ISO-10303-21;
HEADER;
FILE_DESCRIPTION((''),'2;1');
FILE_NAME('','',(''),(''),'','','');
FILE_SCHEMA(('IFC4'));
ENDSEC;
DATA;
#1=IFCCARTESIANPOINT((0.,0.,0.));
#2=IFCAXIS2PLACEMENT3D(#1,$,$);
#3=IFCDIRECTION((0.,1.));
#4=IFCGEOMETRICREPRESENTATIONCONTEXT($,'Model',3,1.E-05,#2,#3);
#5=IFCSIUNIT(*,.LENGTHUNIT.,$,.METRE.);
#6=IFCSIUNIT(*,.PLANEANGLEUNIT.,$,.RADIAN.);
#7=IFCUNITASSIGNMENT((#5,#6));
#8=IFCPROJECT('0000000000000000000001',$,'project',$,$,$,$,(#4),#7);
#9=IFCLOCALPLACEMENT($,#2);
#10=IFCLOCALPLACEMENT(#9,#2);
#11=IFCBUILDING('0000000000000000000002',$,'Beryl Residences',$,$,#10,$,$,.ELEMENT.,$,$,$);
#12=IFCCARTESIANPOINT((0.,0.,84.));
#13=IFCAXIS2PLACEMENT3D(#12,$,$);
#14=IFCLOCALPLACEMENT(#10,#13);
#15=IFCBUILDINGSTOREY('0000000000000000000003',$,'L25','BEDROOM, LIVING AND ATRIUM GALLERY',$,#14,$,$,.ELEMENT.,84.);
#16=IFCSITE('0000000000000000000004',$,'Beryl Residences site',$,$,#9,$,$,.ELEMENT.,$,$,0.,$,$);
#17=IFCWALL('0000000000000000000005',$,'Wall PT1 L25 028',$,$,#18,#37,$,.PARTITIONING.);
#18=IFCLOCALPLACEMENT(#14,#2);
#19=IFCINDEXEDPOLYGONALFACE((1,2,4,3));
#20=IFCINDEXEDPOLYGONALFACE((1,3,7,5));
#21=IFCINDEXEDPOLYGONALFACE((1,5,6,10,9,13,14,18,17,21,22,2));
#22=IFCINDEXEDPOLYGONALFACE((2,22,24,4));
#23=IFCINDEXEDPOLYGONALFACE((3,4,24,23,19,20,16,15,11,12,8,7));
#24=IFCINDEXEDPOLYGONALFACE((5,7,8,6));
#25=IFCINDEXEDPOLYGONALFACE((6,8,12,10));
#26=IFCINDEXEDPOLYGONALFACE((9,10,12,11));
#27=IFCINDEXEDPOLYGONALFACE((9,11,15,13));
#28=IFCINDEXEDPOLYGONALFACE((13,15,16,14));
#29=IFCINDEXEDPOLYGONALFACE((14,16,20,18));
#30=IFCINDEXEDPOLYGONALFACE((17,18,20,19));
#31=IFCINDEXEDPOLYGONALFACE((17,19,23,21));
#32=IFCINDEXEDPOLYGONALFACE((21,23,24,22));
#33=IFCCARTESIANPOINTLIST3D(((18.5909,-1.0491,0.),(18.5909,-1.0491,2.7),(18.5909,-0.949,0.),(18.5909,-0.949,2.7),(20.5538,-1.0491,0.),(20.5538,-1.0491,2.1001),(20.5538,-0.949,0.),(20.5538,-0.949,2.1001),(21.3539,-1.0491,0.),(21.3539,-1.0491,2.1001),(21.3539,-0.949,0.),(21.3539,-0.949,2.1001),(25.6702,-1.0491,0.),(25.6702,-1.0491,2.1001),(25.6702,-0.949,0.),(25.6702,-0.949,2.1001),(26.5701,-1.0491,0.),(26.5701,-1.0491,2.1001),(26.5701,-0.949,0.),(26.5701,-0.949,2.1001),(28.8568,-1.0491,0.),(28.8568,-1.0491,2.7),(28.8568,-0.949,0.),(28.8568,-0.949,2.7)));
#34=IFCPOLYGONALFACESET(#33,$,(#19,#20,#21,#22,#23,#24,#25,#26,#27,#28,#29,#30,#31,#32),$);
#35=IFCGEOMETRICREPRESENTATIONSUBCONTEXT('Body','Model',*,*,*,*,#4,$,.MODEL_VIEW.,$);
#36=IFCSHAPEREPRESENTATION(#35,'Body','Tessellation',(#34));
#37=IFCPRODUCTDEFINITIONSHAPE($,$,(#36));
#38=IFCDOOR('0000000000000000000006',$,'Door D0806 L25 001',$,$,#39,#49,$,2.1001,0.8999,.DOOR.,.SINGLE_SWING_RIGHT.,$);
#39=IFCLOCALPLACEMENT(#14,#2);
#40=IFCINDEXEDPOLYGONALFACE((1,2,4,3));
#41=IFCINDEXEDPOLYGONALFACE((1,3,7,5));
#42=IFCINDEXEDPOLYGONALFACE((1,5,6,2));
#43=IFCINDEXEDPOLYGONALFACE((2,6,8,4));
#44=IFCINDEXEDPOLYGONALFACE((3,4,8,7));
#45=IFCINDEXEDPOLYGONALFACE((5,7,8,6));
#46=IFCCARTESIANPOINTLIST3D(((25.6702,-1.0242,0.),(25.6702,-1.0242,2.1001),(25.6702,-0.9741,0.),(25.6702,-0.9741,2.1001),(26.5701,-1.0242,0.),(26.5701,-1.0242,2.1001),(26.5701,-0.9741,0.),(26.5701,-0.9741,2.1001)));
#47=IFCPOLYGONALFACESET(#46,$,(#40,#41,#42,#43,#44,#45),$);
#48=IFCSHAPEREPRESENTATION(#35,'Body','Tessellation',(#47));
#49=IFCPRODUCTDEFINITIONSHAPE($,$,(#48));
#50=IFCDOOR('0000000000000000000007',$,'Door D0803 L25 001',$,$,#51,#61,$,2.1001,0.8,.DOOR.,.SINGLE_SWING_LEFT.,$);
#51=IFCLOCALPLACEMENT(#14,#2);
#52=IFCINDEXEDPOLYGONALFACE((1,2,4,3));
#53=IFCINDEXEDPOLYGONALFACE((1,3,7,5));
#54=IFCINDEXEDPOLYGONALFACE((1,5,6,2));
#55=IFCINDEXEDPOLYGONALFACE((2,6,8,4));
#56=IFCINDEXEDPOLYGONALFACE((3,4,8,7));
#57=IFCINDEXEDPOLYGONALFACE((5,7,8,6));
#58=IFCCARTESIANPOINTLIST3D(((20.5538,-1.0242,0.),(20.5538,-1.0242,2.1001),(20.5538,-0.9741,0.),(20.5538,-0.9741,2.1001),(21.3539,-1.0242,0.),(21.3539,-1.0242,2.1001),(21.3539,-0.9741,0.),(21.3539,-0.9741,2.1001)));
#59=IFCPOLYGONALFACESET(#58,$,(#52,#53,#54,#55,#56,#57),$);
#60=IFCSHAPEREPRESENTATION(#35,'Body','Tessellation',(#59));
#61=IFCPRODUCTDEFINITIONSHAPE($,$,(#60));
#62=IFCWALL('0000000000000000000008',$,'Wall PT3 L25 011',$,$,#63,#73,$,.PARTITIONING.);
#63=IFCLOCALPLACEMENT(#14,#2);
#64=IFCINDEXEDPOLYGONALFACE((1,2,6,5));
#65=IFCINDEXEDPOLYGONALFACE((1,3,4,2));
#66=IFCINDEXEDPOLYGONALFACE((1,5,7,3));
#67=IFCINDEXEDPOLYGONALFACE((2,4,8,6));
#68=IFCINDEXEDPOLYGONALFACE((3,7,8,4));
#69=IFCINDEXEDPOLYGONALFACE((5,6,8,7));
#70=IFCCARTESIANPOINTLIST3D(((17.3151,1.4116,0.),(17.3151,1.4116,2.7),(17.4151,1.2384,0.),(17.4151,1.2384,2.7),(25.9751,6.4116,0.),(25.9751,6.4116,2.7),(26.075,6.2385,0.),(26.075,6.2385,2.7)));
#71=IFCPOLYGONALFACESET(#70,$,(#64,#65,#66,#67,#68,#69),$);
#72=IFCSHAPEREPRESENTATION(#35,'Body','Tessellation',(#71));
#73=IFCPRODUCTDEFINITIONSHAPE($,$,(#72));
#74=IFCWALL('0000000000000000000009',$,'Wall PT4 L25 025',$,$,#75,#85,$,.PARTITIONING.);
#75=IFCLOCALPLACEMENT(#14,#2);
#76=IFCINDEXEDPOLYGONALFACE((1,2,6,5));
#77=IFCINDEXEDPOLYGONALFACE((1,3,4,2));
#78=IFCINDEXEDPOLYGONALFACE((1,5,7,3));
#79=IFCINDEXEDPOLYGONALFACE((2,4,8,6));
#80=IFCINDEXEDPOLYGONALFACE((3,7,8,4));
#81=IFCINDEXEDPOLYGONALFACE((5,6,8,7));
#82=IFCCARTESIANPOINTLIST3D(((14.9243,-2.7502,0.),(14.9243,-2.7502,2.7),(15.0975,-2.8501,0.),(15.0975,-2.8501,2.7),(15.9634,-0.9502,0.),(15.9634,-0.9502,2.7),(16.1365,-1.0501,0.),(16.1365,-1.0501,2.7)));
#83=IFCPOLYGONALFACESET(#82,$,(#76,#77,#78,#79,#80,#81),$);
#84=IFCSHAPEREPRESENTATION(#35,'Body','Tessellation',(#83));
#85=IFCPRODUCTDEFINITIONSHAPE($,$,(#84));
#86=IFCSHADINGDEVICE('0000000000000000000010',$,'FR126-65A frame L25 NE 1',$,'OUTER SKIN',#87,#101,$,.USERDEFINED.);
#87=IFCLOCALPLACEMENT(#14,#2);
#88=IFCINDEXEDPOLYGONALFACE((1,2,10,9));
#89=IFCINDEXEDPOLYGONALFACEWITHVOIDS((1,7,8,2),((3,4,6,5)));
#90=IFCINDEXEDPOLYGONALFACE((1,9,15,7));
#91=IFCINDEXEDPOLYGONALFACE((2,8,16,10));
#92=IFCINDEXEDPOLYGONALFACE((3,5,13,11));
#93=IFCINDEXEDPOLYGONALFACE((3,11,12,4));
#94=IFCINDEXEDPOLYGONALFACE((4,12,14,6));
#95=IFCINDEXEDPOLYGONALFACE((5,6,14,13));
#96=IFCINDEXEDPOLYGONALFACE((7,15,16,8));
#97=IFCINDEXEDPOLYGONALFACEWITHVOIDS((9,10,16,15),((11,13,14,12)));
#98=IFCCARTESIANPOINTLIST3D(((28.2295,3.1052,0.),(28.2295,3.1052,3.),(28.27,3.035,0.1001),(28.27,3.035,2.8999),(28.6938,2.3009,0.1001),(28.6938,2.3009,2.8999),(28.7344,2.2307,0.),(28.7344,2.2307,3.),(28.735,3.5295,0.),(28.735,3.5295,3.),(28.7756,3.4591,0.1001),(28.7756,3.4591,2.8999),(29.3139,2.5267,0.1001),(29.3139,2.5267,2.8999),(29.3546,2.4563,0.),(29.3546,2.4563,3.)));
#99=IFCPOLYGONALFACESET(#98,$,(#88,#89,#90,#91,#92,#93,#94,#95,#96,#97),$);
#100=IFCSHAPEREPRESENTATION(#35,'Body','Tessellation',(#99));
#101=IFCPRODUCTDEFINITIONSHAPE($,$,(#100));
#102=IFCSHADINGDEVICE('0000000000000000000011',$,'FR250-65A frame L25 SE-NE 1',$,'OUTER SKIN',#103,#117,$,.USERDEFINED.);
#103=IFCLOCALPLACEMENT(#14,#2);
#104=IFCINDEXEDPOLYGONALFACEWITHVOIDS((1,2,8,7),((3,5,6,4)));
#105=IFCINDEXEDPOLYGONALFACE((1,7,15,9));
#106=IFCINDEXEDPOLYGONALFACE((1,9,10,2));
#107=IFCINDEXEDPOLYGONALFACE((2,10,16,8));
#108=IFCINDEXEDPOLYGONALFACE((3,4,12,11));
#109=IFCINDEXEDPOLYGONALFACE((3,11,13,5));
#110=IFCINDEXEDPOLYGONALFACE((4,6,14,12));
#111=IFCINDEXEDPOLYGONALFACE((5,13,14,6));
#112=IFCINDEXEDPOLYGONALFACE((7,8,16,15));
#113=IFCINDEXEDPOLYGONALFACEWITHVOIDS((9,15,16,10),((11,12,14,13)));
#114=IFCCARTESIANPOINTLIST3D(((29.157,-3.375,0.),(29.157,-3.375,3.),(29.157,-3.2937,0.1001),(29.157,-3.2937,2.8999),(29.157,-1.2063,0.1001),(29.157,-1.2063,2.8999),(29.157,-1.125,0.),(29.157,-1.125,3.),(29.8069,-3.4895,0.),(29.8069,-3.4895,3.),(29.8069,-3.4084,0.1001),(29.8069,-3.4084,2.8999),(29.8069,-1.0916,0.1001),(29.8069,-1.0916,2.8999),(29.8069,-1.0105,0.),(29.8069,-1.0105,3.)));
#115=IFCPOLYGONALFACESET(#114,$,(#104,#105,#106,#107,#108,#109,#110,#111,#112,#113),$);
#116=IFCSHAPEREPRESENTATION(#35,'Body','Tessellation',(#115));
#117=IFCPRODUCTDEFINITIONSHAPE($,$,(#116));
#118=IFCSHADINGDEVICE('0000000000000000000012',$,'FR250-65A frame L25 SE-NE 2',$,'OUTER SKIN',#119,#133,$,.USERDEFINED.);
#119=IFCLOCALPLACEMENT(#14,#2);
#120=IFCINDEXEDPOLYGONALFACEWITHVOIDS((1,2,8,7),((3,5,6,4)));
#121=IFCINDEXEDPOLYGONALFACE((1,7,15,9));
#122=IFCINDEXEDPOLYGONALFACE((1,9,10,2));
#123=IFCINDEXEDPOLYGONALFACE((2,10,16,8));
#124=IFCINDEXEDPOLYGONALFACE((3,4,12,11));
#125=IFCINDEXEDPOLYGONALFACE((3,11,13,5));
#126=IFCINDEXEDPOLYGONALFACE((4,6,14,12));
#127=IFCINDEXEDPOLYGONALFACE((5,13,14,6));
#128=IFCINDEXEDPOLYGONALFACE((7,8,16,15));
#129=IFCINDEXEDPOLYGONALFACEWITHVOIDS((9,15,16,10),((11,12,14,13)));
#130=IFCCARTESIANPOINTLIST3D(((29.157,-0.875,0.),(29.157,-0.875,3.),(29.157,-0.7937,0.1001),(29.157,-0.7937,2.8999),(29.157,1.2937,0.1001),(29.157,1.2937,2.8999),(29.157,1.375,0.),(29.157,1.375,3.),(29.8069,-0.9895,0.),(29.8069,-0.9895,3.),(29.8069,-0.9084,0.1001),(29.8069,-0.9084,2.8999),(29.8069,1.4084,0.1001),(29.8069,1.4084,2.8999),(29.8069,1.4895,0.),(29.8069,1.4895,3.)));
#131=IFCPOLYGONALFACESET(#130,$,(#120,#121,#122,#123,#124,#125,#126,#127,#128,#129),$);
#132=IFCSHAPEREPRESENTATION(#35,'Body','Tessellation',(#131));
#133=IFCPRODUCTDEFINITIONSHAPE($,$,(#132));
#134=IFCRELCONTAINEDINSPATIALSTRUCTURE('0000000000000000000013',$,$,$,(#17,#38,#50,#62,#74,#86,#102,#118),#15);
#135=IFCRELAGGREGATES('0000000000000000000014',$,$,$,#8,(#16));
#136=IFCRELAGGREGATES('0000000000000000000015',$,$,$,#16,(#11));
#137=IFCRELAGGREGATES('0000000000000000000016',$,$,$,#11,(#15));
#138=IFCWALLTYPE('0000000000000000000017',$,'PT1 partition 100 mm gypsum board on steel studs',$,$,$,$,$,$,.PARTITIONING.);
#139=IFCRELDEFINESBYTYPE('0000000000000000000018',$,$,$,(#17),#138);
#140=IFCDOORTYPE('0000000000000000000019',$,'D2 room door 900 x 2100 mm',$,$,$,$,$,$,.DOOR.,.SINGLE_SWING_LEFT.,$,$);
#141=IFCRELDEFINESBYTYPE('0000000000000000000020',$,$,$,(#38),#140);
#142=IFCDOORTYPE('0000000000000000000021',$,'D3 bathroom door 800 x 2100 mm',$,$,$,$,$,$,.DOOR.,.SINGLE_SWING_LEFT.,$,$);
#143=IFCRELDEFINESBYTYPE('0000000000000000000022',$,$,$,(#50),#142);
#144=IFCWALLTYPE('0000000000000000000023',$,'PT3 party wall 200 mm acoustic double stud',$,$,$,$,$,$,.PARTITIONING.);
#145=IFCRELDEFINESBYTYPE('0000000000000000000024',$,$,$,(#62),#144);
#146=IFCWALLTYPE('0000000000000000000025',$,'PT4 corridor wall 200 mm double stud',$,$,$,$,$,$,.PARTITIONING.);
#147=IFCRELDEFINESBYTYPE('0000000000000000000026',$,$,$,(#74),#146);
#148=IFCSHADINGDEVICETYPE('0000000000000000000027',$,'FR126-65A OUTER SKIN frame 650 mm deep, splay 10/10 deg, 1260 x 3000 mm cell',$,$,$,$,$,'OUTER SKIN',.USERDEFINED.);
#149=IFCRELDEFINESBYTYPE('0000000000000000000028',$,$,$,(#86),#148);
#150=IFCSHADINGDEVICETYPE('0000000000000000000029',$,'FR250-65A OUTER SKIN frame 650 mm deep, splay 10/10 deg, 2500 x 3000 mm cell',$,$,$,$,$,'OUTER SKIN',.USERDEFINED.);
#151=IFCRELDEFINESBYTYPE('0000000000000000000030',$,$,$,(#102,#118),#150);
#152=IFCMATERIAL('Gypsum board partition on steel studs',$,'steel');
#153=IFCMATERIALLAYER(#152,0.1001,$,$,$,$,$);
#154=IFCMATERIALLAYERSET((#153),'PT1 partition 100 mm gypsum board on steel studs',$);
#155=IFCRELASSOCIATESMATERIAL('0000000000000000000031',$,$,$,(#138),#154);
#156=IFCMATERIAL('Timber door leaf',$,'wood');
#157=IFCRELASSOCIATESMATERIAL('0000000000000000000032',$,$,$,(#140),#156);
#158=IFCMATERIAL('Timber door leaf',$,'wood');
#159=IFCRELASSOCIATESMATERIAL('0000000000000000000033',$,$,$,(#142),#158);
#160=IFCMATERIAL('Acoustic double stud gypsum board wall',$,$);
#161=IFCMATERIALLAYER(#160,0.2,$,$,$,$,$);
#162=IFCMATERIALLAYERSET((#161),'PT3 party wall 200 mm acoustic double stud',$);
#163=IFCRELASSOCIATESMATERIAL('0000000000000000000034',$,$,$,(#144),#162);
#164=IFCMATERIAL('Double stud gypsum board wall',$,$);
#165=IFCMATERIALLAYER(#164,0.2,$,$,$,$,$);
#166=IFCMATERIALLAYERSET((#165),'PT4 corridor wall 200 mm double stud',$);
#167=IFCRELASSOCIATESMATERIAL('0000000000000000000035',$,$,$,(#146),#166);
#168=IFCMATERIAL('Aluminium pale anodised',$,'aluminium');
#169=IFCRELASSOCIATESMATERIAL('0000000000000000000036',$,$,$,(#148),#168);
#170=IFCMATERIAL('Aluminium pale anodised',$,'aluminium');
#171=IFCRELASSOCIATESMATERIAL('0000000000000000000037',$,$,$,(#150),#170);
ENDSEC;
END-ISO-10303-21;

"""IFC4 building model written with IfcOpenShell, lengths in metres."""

from ifc_helpers import new_model, entity, si_unit, direction, frame, frame_2d, origin, place, context, subcontext, project, spatial, rectangle, extrude, source, transform, mapped, material, layer, layer_set, type_object, type_shapes, element, fill, save


model = new_model("IFC4")

# Units and contexts
model_context = context("Model", 3, precision=1e-05, world=origin(), true_north=direction((0.0, 1.0)))
body_context = subcontext(model_context, "Body", "Model", "MODEL_VIEW")
ifc_project = project(units=[si_unit("LENGTHUNIT", "METRE"), si_unit("PLANEANGLEUNIT", "RADIAN")], contexts=[model_context])

# Site, building, storey
site_placement = place(None, origin())
site = spatial("IfcSite", under=ifc_project, at=site_placement, Name="Beryl Residences site", CompositionType="ELEMENT", RefElevation=0.0)
building_placement = place(site_placement, origin())
building = spatial("IfcBuilding", under=site, at=building_placement, Name="Beryl Residences", CompositionType="ELEMENT")
storey_placement = place(building_placement, frame((0.0, 0.0, 84.0)))
storey = spatial("IfcBuildingStorey", under=building, at=storey_placement, Name="L25", Description="BEDROOM, LIVING AND ATRIUM GALLERY", CompositionType="ELEMENT", Elevation=84.0)

# Wall, openings, doors
ifc_material_1 = material(Name="Gypsum board partition on steel studs", Category="steel")
ifc_layer_1 = layer(ifc_material_1, 0.1001)
ifc_layer_set_1 = layer_set([ifc_layer_1], Name="PT1 partition 100 mm gypsum board on steel studs")
wall_type_1 = type_object("IfcWallType", Name="PT1 partition 100 mm gypsum board on steel studs", PredefinedType="PARTITIONING", material=ifc_layer_set_1)
wall_1_placement = place(storey_placement, frame((18.5911, -0.999, 0.0), z_axis=(0.0, 0.0, 1.0), x_axis=(1.0, 0.0, 0.0)))
wall_1 = element("IfcWall", 1, at=wall_1_placement, inside=storey, type_object=wall_type_1, Name="Wall PT1 L25 028", PredefinedType="PARTITIONING", context=body_context, shape_type="SweptSolid", body=[
    extrude(rectangle(XDim=10.2659, YDim=0.1001, at=frame_2d((5.1328, 0.0))), origin(), (0.0, 0.0, 1.0), 2.7),
])
opening_1_placement = place(wall_1_placement, frame((1.9629, 0.0, 0.0)))
opening_1 = element("IfcOpeningElement", 2, at=opening_1_placement, cuts=wall_1, PredefinedType="OPENING", context=body_context, shape_type="SweptSolid", body=[
    extrude(rectangle(XDim=0.8, YDim=2.1001, at=frame_2d((0.3999, 1.05))), frame((0.0, 0.0601, 0.0), z_axis=(0.0, -1.0, 0.0), x_axis=(1.0, 0.0, 0.0)), (0.0, 0.0, 1.0), 0.1201),
])
opening_2_placement = place(wall_1_placement, frame((7.0791, 0.0, 0.0)))
opening_2 = element("IfcOpeningElement", 3, at=opening_2_placement, cuts=wall_1, PredefinedType="OPENING", context=body_context, shape_type="SweptSolid", body=[
    extrude(rectangle(XDim=0.8999, YDim=2.1001, at=frame_2d((0.45, 1.05))), frame((0.0, 0.0601, 0.0), z_axis=(0.0, -1.0, 0.0), x_axis=(1.0, 0.0, 0.0)), (0.0, 0.0, 1.0), 0.1201),
])
ifc_material_2 = material(Name="Timber door leaf", Category="wood")
door_type_1 = type_object("IfcDoorType", Name="D2 room door 900 x 2100 mm", OperationType="SINGLE_SWING_LEFT", PredefinedType="DOOR", material=ifc_material_2)
door_1_placement = place(opening_2_placement, origin())
door_1 = element("IfcDoor", 4, at=door_1_placement, inside=storey, type_object=door_type_1, Name="Door D0806 L25 001", OperationType="SINGLE_SWING_RIGHT", OverallHeight=2.1001, OverallWidth=0.8999, PredefinedType="DOOR", context=body_context, shape_type="SweptSolid", body=[
    extrude(rectangle(XDim=0.8999, YDim=2.1001, at=frame_2d((0.45, 1.05))), frame((0.0, 0.0249, 0.0), z_axis=(0.0, -1.0, 0.0), x_axis=(1.0, 0.0, 0.0)), (0.0, 0.0, 1.0), 0.05),
])
fill(opening_2, door_1)
ifc_material_3 = material(Name="Timber door leaf", Category="wood")
door_type_2 = type_object("IfcDoorType", Name="D3 bathroom door 800 x 2100 mm", OperationType="SINGLE_SWING_LEFT", PredefinedType="DOOR", material=ifc_material_3)
door_2_placement = place(opening_1_placement, origin())
door_2 = element("IfcDoor", 5, at=door_2_placement, inside=storey, type_object=door_type_2, Name="Door D0803 L25 001", OperationType="SINGLE_SWING_LEFT", OverallHeight=2.1001, OverallWidth=0.8, PredefinedType="DOOR", context=body_context, shape_type="SweptSolid", body=[
    extrude(rectangle(XDim=0.8, YDim=2.1001, at=frame_2d((0.3999, 1.05))), frame((0.0, 0.0249, 0.0), z_axis=(0.0, -1.0, 0.0), x_axis=(1.0, 0.0, 0.0)), (0.0, 0.0, 1.0), 0.05),
])
fill(opening_1, door_2)

# Walls
ifc_material_4 = material(Name="Acoustic double stud gypsum board wall")
ifc_layer_2 = layer(ifc_material_4, 0.2)
ifc_layer_set_2 = layer_set([ifc_layer_2], Name="PT3 party wall 200 mm acoustic double stud")
wall_type_2 = type_object("IfcWallType", Name="PT3 party wall 200 mm acoustic double stud", PredefinedType="PARTITIONING", material=ifc_layer_set_2)
wall_2_placement = place(storey_placement, frame((17.365, 1.325, 0.0), z_axis=(0.0, 0.0, 1.0), x_axis=(0.866017, 0.500015, 0.0)))
element("IfcWall", 6, at=wall_2_placement, inside=storey, type_object=wall_type_2, Name="Wall PT3 L25 011", PredefinedType="PARTITIONING", context=body_context, shape_type="SweptSolid", body=[
    extrude(rectangle(XDim=9.9998, YDim=0.2, at=frame_2d((5.0, 0.0))), origin(), (0.0, 0.0, 1.0), 2.7),
])
ifc_material_5 = material(Name="Double stud gypsum board wall")
ifc_layer_3 = layer(ifc_material_5, 0.2)
ifc_layer_set_3 = layer_set([ifc_layer_3], Name="PT4 corridor wall 200 mm double stud")
wall_type_3 = type_object("IfcWallType", Name="PT4 corridor wall 200 mm double stud", PredefinedType="PARTITIONING", material=ifc_layer_set_3)
wall_3_placement = place(storey_placement, frame((15.011, -2.8, 0.0), z_axis=(0.0, 0.0, 1.0), x_axis=(0.499929, 0.866066, 0.0)))
element("IfcWall", 7, at=wall_3_placement, inside=storey, type_object=wall_type_3, Name="Wall PT4 L25 025", PredefinedType="PARTITIONING", context=body_context, shape_type="SweptSolid", body=[
    extrude(rectangle(XDim=2.0784, YDim=0.2, at=frame_2d((1.0391, 0.0))), origin(), (0.0, 0.0, 1.0), 2.7),
])

# Shading devices
ifc_material_6 = material(Name="Aluminium pale anodised", Category="aluminium")
shading_device_type_1 = type_object("IfcShadingDeviceType", Name="FR126-65A OUTER SKIN frame 650 mm deep, splay 10/10 deg, 1260 x 3000 mm cell", ElementType="OUTER SKIN", PredefinedType="USERDEFINED", material=ifc_material_6)
cartesian_point_1 = entity("IfcCartesianPoint", [-0.5049, 0.0])
cartesian_point_2 = entity("IfcCartesianPoint", [-0.4238, 0.1001])
cartesian_point_3 = entity("IfcCartesianPoint", [-0.6196, 0.0])
cartesian_point_4 = entity("IfcCartesianPoint", [-0.5383, 0.1001])
shared_shape_1 = source(origin(), body_context, "Body", "SweptSolid", [
    entity("IfcExtrudedAreaSolidTapered", entity("IfcArbitraryProfileDefWithVoids", "AREA", None, entity("IfcPolyline", [cartesian_point_1, entity("IfcCartesianPoint", [0.5049, 0.0]), entity("IfcCartesianPoint", [0.5049, 3.0]), entity("IfcCartesianPoint", [-0.5049, 3.0]), cartesian_point_1]), [entity("IfcPolyline", [cartesian_point_2, entity("IfcCartesianPoint", [0.4238, 0.1001]), entity("IfcCartesianPoint", [0.4238, 2.8999]), entity("IfcCartesianPoint", [-0.4238, 2.8999]), cartesian_point_2])]), entity("IfcAxis2Placement3D", entity("IfcCartesianPoint", [0.0, 0.0, 0.0]), entity("IfcDirection", [0.0, 1.0, 0.0]), entity("IfcDirection", [-1.0, 0.0, 0.0])), entity("IfcDirection", [0.0, 0.0, 1.0]), 0.6499, entity("IfcArbitraryProfileDefWithVoids", "AREA", None, entity("IfcPolyline", [cartesian_point_3, entity("IfcCartesianPoint", [0.6196, 0.0]), entity("IfcCartesianPoint", [0.6196, 3.0]), entity("IfcCartesianPoint", [-0.6196, 3.0]), cartesian_point_3]), [entity("IfcPolyline", [cartesian_point_4, entity("IfcCartesianPoint", [0.5383, 0.1001]), entity("IfcCartesianPoint", [0.5383, 2.8999]), entity("IfcCartesianPoint", [-0.5383, 2.8999]), cartesian_point_4])])),
])
type_shapes(shading_device_type_1, [shared_shape_1])
shading_device_placement = place(storey_placement, frame((28.4819, 2.668, 0.0), z_axis=(0.0, 0.0, 1.0), x_axis=(0.5, -0.866025, 0.0)))
element("IfcShadingDevice", 8, at=shading_device_placement, inside=storey, type_object=shading_device_type_1, Name="FR126-65A frame L25 NE 1", ObjectType="OUTER SKIN", PredefinedType="USERDEFINED", context=body_context, shape_type="MappedRepresentation", body=[
    mapped(shared_shape_1, transform((0.0, 0.0, 0.0))),
])
ifc_material_7 = material(Name="Aluminium pale anodised", Category="aluminium")
shading_device_type_2 = type_object("IfcShadingDeviceType", Name="FR250-65A OUTER SKIN frame 650 mm deep, splay 10/10 deg, 2500 x 3000 mm cell", ElementType="OUTER SKIN", PredefinedType="USERDEFINED", material=ifc_material_7)
cartesian_point_5 = entity("IfcCartesianPoint", [-1.125, 0.0])
cartesian_point_6 = entity("IfcCartesianPoint", [-1.0437, 0.1001])
cartesian_point_7 = entity("IfcCartesianPoint", [-1.2395, 0.0])
cartesian_point_8 = entity("IfcCartesianPoint", [-1.1584, 0.1001])
shared_shape_2 = source(origin(), body_context, "Body", "SweptSolid", [
    entity("IfcExtrudedAreaSolidTapered", entity("IfcArbitraryProfileDefWithVoids", "AREA", None, entity("IfcPolyline", [cartesian_point_5, entity("IfcCartesianPoint", [1.125, 0.0]), entity("IfcCartesianPoint", [1.125, 3.0]), entity("IfcCartesianPoint", [-1.125, 3.0]), cartesian_point_5]), [entity("IfcPolyline", [cartesian_point_6, entity("IfcCartesianPoint", [1.0437, 0.1001]), entity("IfcCartesianPoint", [1.0437, 2.8999]), entity("IfcCartesianPoint", [-1.0437, 2.8999]), cartesian_point_6])]), entity("IfcAxis2Placement3D", entity("IfcCartesianPoint", [0.0, 0.0, 0.0]), entity("IfcDirection", [0.0, 1.0, 0.0]), entity("IfcDirection", [-1.0, 0.0, 0.0])), entity("IfcDirection", [0.0, 0.0, 1.0]), 0.6499, entity("IfcArbitraryProfileDefWithVoids", "AREA", None, entity("IfcPolyline", [cartesian_point_7, entity("IfcCartesianPoint", [1.2395, 0.0]), entity("IfcCartesianPoint", [1.2395, 3.0]), entity("IfcCartesianPoint", [-1.2395, 3.0]), cartesian_point_7]), [entity("IfcPolyline", [cartesian_point_8, entity("IfcCartesianPoint", [1.1584, 0.1001]), entity("IfcCartesianPoint", [1.1584, 2.8999]), entity("IfcCartesianPoint", [-1.1584, 2.8999]), cartesian_point_8])])),
])
type_shapes(shading_device_type_2, [shared_shape_2])
for number, where, z_axis, x_axis, name in (
    (9, (29.157, -2.25, 0.0), (0.0, 0.0, 1.0), (0.0, -1.0, 0.0), "FR250-65A frame L25 SE-NE 1"),
    (10, (29.157, 0.25, 0.0), (0.0, 0.0, 1.0), (0.0, -1.0, 0.0), "FR250-65A frame L25 SE-NE 2"),
):
    element("IfcShadingDevice", number, at=place(storey_placement, frame(where, z_axis=z_axis, x_axis=x_axis)), inside=storey, type_object=shading_device_type_2, Name=name, ObjectType="OUTER SKIN", PredefinedType="USERDEFINED", context=body_context, shape_type="MappedRepresentation", body=[
        mapped(shared_shape_2, transform((0.0, 0.0, 0.0))),
    ])

save(model, "model.ifc")
